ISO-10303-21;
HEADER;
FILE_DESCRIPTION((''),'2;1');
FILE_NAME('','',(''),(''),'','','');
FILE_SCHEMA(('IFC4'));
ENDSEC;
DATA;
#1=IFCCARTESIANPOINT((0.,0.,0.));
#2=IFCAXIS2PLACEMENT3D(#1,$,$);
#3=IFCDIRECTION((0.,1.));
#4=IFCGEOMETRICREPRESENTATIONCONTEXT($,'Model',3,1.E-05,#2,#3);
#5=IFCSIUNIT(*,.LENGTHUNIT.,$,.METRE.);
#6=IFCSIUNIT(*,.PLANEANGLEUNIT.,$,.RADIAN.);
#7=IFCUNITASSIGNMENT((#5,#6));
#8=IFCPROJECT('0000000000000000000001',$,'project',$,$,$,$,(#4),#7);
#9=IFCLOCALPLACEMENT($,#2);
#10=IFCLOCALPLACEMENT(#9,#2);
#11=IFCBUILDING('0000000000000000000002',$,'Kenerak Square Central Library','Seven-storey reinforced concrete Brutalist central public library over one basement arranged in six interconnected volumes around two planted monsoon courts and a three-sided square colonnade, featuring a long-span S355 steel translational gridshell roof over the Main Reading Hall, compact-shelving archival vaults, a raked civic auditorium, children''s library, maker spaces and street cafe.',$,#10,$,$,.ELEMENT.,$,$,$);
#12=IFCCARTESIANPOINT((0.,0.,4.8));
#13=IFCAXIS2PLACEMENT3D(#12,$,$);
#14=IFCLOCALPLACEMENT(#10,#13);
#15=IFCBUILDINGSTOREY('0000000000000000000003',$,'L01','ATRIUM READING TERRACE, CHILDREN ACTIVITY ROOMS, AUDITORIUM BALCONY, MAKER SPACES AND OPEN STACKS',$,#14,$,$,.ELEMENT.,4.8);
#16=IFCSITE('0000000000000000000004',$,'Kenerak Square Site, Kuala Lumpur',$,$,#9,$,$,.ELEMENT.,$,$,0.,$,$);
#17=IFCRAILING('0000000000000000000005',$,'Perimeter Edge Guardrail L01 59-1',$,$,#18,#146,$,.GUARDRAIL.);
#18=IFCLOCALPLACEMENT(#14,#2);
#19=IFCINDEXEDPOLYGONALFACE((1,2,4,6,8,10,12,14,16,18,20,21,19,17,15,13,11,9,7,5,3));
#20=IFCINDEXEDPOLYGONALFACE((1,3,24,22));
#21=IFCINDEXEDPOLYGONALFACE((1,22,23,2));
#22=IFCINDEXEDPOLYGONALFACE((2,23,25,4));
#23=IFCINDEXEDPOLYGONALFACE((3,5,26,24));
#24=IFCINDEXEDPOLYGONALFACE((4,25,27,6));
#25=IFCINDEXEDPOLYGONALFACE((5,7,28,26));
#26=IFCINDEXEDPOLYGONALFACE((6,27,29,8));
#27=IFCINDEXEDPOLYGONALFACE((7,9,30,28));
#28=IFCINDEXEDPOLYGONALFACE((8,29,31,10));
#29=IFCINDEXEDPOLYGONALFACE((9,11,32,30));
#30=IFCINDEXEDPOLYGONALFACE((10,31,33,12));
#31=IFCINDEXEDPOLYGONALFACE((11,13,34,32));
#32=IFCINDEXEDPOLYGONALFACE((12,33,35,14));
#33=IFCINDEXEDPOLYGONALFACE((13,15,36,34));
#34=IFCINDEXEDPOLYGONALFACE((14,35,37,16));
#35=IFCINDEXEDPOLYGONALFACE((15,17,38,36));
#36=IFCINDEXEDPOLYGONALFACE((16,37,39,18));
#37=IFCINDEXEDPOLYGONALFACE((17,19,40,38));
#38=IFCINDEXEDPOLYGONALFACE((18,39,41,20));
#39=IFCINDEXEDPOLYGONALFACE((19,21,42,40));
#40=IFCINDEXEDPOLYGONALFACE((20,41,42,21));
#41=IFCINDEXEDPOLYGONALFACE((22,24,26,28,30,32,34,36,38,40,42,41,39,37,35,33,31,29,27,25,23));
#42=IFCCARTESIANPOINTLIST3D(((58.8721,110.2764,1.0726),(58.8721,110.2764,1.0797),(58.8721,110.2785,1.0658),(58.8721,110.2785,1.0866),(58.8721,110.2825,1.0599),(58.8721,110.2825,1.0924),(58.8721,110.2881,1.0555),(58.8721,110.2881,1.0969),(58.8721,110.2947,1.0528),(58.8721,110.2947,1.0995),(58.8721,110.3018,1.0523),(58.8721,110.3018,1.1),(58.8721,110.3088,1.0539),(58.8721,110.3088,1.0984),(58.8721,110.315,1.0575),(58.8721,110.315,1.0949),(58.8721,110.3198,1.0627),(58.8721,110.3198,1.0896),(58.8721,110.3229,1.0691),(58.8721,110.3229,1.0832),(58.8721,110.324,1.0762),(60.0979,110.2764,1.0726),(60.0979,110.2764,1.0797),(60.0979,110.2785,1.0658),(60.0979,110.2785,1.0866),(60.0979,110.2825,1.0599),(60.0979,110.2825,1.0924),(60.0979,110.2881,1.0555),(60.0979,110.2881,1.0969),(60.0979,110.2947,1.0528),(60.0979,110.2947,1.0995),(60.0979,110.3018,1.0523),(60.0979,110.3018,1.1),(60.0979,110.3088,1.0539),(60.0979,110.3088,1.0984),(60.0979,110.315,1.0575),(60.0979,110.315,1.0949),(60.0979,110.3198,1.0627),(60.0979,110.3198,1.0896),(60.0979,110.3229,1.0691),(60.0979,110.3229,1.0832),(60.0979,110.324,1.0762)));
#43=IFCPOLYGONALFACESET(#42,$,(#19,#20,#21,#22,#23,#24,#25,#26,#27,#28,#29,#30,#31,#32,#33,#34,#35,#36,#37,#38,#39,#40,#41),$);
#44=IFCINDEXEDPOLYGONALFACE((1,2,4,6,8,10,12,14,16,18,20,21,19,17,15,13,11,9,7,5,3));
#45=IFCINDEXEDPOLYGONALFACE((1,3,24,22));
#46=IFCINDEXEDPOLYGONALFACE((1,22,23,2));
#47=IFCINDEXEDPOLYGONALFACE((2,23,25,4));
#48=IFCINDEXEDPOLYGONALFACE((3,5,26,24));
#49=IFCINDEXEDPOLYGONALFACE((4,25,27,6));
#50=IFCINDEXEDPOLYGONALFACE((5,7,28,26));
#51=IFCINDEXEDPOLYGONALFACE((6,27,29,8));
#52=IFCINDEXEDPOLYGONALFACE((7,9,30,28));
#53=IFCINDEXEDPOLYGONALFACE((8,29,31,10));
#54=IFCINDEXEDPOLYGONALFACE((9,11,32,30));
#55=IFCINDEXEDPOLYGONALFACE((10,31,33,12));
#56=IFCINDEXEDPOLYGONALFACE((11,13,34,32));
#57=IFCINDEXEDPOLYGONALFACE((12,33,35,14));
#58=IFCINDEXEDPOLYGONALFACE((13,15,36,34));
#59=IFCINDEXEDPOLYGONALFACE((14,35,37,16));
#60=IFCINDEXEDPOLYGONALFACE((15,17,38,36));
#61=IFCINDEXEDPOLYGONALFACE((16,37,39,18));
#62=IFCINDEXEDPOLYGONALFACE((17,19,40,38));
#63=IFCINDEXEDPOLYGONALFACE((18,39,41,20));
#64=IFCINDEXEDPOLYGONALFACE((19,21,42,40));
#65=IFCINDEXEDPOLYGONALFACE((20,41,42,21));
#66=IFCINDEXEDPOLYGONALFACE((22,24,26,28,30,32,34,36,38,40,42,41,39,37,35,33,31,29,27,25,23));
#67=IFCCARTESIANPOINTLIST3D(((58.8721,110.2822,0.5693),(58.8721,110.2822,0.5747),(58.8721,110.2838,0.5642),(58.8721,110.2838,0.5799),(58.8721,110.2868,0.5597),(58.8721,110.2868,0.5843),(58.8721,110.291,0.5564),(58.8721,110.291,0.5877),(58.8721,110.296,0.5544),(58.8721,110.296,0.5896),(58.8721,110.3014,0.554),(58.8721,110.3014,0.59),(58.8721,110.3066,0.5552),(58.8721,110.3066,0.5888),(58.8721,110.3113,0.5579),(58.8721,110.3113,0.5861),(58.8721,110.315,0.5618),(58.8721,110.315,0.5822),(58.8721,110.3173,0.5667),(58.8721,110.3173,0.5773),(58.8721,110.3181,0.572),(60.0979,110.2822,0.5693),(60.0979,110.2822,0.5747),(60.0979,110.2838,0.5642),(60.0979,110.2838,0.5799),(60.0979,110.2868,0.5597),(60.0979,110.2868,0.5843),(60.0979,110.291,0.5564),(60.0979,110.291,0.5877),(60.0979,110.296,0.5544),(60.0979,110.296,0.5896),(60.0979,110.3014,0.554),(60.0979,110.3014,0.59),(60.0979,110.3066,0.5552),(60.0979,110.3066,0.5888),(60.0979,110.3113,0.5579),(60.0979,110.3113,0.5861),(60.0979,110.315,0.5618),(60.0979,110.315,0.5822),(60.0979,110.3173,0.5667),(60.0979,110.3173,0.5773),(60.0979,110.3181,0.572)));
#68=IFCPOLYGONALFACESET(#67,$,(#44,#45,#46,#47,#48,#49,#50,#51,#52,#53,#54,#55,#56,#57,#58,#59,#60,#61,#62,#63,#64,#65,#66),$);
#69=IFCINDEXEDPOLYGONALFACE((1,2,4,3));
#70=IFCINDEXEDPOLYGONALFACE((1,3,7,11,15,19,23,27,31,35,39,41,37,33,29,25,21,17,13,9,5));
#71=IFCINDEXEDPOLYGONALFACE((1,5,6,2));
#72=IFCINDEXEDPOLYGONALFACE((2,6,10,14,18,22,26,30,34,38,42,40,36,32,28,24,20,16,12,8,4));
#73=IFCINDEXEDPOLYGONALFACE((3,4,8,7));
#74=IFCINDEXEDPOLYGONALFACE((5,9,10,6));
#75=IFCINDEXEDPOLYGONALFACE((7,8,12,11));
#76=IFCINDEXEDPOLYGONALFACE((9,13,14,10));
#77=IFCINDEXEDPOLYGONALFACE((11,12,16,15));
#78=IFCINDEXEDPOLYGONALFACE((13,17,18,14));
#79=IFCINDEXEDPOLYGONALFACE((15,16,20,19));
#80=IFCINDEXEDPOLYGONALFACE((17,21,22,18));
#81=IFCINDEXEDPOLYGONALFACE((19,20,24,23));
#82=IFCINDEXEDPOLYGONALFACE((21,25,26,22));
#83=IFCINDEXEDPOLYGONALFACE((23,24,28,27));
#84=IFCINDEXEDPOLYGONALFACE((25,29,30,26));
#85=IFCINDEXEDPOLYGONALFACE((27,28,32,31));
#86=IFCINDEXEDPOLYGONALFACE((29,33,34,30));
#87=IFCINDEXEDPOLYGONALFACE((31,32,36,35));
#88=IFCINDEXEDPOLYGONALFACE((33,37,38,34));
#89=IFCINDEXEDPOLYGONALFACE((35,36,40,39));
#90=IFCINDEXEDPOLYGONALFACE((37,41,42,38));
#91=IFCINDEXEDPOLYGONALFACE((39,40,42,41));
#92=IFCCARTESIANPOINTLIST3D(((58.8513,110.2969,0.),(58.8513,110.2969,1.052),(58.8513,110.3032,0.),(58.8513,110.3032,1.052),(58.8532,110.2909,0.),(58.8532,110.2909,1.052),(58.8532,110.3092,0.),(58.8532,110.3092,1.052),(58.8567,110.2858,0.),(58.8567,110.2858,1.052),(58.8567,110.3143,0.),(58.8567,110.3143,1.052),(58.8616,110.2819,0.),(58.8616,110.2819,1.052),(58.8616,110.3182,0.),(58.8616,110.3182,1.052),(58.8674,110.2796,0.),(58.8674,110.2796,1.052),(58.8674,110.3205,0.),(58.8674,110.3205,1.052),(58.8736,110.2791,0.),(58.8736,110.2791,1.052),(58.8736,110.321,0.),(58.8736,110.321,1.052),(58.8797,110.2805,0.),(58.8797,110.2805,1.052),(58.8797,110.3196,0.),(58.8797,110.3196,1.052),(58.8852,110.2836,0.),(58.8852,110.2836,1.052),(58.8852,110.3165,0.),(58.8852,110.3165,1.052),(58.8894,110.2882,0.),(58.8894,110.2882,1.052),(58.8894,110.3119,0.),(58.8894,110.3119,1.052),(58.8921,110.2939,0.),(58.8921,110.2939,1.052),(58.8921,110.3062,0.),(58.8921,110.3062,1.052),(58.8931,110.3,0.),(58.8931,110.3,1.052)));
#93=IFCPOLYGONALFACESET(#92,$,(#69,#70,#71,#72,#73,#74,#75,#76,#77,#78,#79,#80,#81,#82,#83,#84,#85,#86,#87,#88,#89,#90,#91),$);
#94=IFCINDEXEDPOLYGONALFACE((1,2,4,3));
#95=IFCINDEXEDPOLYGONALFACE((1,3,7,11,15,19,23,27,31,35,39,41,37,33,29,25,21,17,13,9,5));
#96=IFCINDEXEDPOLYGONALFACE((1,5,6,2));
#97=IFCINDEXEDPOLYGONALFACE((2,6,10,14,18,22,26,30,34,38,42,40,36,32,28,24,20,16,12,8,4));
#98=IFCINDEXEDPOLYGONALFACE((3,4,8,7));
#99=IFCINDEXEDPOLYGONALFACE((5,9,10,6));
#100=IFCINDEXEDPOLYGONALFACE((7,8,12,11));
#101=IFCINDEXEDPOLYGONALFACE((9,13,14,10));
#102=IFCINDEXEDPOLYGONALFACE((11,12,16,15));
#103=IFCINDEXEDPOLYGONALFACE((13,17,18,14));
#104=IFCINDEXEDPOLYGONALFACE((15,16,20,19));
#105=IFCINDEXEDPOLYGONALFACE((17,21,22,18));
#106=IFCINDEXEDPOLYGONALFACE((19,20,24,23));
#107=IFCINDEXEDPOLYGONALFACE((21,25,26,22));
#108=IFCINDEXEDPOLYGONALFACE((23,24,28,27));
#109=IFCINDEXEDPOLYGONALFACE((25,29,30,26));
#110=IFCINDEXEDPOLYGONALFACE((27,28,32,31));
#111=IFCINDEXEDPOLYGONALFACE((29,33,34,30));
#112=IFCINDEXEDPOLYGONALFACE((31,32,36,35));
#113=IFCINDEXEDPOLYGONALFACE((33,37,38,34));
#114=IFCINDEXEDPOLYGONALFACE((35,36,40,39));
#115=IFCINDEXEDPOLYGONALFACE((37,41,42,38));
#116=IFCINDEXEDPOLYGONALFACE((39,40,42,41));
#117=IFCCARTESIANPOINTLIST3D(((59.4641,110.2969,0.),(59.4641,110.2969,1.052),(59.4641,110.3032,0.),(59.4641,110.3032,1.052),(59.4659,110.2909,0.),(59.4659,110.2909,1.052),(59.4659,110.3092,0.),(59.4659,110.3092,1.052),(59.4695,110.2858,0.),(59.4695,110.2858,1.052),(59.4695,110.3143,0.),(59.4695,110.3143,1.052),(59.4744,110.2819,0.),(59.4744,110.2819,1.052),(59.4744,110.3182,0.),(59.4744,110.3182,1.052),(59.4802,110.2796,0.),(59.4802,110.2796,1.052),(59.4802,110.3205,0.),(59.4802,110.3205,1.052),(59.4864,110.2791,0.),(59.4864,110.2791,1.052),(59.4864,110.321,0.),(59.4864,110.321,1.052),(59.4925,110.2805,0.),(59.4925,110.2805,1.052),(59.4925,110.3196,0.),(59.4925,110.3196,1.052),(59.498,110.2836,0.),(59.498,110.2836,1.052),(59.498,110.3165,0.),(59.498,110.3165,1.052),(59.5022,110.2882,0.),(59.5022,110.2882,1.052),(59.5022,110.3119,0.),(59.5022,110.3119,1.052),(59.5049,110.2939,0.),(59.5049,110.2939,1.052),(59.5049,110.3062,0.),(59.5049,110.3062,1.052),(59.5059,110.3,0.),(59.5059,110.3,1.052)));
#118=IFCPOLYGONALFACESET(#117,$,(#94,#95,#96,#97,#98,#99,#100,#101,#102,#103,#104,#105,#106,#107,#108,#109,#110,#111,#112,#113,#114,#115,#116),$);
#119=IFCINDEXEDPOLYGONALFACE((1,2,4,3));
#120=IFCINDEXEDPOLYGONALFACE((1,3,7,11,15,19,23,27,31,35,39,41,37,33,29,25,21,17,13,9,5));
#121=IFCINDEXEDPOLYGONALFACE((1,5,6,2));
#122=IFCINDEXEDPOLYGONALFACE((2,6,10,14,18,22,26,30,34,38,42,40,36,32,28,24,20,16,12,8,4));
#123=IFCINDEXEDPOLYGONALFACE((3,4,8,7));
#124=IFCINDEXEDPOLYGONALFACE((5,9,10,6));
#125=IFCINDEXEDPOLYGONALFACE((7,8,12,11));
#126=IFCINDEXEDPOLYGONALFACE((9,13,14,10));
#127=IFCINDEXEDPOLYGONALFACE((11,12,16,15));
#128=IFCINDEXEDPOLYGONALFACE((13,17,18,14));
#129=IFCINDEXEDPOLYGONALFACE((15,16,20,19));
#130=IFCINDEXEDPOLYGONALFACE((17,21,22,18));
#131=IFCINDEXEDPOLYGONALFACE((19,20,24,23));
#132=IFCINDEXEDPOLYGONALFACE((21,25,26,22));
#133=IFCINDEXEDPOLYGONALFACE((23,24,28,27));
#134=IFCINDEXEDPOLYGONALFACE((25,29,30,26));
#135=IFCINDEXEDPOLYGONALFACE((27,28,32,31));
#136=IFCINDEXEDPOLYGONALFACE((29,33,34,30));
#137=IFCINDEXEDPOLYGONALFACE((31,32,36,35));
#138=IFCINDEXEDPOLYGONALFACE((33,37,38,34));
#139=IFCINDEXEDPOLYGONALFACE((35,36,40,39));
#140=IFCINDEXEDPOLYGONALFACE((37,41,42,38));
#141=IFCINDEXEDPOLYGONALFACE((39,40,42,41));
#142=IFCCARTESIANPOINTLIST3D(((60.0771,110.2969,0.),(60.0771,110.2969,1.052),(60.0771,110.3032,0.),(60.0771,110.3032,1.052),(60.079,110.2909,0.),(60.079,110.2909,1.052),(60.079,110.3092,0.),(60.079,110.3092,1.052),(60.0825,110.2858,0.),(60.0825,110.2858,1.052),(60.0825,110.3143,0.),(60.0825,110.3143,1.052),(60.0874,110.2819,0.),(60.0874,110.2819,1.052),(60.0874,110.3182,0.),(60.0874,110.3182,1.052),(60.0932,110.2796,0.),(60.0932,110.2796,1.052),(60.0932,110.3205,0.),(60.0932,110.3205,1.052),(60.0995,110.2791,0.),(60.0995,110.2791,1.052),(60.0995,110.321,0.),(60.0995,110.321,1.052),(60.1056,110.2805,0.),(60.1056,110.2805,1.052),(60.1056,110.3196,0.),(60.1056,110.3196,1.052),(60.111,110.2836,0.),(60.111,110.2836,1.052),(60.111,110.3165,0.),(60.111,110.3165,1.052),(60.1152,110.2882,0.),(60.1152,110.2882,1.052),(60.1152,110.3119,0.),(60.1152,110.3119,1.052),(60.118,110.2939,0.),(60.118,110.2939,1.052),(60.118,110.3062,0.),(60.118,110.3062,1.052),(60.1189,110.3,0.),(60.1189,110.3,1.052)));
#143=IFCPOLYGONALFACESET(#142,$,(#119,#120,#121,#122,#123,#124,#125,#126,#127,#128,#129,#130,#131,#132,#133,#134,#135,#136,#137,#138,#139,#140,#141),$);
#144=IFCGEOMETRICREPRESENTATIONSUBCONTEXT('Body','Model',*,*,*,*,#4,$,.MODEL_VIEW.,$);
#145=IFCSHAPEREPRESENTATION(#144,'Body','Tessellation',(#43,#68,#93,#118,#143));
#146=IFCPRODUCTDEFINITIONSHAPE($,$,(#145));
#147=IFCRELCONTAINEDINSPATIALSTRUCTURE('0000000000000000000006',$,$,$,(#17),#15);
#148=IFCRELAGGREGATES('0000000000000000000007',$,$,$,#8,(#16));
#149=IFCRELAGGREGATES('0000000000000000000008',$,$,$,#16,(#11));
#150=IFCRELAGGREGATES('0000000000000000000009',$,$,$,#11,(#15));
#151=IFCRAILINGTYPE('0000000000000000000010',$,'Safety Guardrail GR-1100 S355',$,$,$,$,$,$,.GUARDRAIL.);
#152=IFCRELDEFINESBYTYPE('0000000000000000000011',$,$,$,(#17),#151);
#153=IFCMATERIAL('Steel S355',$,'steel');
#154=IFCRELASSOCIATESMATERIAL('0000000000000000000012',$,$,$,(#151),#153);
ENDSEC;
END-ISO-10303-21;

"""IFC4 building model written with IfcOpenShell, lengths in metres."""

from ifc_helpers import new_model, si_unit, direction, frame, origin, origin_2d, place, context, subcontext, project, spatial, circle, extrude, material, type_object, element, save


model = new_model("IFC4")

# Units and contexts
model_context = context("Model", 3, precision=1e-05, world=origin(), true_north=direction((0.0, 1.0)))
body_context = subcontext(model_context, "Body", "Model", "MODEL_VIEW")
ifc_project = project(units=[si_unit("LENGTHUNIT", "METRE"), si_unit("PLANEANGLEUNIT", "RADIAN")], contexts=[model_context])

# Site, building, storey
site_placement = place(None, origin())
site = spatial("IfcSite", under=ifc_project, at=site_placement, Name="Kenerak Square Site, Kuala Lumpur", CompositionType="ELEMENT", RefElevation=0.0)
building_placement = place(site_placement, origin())
building = spatial("IfcBuilding", under=site, at=building_placement, Name="Kenerak Square Central Library", Description="Seven-storey reinforced concrete Brutalist central public library over one basement arranged in six interconnected volumes around two planted monsoon courts and a three-sided square colonnade, featuring a long-span S355 steel translational gridshell roof over the Main Reading Hall, compact-shelving archival vaults, a raked civic auditorium, children's library, maker spaces and street cafe.", CompositionType="ELEMENT")
storey_placement = place(building_placement, frame((0.0, 0.0, 4.8)))
storey = spatial("IfcBuildingStorey", under=building, at=storey_placement, Name="L01", Description="ATRIUM READING TERRACE, CHILDREN ACTIVITY ROOMS, AUDITORIUM BALCONY, MAKER SPACES AND OPEN STACKS", CompositionType="ELEMENT", Elevation=4.8)

# Shared definitions
ifc_material_1 = material(Name="Steel S355", Category="steel")

# Railing
railing_type_1 = type_object("IfcRailingType", Name="Safety Guardrail GR-1100 S355", PredefinedType="GUARDRAIL", material=ifc_material_1)
railing_1_placement = place(storey_placement, frame((58.8721, 110.3, 0.0)))
element("IfcRailing", 1, at=railing_1_placement, inside=storey, type_object=railing_type_1, Name="Perimeter Edge Guardrail L01 59-1", PredefinedType="GUARDRAIL", context=body_context, shape_type="SweptSolid", body=[
    extrude(circle(Radius=0.0239, at=origin_2d()), frame((0.0, 0.0, 1.0762), z_axis=(1.0, 0.0, 0.0), x_axis=(0.0, 1.0, 0.0)), (0.0, 0.0, 1.0), 1.2258),
    extrude(circle(Radius=0.0181, at=origin_2d()), frame((0.0, 0.0, 0.572), z_axis=(1.0, 0.0, 0.0), x_axis=(0.0, 1.0, 0.0)), (0.0, 0.0, 1.0), 1.2258),
    extrude(circle(Radius=0.021, at=origin_2d()), origin(), (0.0, 0.0, 1.0), 1.052),
    extrude(circle(Radius=0.021, at=origin_2d()), frame((0.6128, 0.0, 0.0)), (0.0, 0.0, 1.0), 1.052),
    extrude(circle(Radius=0.021, at=origin_2d()), frame((1.2258, 0.0, 0.0)), (0.0, 0.0, 1.0), 1.052),
])

save(model, "model.ifc")
